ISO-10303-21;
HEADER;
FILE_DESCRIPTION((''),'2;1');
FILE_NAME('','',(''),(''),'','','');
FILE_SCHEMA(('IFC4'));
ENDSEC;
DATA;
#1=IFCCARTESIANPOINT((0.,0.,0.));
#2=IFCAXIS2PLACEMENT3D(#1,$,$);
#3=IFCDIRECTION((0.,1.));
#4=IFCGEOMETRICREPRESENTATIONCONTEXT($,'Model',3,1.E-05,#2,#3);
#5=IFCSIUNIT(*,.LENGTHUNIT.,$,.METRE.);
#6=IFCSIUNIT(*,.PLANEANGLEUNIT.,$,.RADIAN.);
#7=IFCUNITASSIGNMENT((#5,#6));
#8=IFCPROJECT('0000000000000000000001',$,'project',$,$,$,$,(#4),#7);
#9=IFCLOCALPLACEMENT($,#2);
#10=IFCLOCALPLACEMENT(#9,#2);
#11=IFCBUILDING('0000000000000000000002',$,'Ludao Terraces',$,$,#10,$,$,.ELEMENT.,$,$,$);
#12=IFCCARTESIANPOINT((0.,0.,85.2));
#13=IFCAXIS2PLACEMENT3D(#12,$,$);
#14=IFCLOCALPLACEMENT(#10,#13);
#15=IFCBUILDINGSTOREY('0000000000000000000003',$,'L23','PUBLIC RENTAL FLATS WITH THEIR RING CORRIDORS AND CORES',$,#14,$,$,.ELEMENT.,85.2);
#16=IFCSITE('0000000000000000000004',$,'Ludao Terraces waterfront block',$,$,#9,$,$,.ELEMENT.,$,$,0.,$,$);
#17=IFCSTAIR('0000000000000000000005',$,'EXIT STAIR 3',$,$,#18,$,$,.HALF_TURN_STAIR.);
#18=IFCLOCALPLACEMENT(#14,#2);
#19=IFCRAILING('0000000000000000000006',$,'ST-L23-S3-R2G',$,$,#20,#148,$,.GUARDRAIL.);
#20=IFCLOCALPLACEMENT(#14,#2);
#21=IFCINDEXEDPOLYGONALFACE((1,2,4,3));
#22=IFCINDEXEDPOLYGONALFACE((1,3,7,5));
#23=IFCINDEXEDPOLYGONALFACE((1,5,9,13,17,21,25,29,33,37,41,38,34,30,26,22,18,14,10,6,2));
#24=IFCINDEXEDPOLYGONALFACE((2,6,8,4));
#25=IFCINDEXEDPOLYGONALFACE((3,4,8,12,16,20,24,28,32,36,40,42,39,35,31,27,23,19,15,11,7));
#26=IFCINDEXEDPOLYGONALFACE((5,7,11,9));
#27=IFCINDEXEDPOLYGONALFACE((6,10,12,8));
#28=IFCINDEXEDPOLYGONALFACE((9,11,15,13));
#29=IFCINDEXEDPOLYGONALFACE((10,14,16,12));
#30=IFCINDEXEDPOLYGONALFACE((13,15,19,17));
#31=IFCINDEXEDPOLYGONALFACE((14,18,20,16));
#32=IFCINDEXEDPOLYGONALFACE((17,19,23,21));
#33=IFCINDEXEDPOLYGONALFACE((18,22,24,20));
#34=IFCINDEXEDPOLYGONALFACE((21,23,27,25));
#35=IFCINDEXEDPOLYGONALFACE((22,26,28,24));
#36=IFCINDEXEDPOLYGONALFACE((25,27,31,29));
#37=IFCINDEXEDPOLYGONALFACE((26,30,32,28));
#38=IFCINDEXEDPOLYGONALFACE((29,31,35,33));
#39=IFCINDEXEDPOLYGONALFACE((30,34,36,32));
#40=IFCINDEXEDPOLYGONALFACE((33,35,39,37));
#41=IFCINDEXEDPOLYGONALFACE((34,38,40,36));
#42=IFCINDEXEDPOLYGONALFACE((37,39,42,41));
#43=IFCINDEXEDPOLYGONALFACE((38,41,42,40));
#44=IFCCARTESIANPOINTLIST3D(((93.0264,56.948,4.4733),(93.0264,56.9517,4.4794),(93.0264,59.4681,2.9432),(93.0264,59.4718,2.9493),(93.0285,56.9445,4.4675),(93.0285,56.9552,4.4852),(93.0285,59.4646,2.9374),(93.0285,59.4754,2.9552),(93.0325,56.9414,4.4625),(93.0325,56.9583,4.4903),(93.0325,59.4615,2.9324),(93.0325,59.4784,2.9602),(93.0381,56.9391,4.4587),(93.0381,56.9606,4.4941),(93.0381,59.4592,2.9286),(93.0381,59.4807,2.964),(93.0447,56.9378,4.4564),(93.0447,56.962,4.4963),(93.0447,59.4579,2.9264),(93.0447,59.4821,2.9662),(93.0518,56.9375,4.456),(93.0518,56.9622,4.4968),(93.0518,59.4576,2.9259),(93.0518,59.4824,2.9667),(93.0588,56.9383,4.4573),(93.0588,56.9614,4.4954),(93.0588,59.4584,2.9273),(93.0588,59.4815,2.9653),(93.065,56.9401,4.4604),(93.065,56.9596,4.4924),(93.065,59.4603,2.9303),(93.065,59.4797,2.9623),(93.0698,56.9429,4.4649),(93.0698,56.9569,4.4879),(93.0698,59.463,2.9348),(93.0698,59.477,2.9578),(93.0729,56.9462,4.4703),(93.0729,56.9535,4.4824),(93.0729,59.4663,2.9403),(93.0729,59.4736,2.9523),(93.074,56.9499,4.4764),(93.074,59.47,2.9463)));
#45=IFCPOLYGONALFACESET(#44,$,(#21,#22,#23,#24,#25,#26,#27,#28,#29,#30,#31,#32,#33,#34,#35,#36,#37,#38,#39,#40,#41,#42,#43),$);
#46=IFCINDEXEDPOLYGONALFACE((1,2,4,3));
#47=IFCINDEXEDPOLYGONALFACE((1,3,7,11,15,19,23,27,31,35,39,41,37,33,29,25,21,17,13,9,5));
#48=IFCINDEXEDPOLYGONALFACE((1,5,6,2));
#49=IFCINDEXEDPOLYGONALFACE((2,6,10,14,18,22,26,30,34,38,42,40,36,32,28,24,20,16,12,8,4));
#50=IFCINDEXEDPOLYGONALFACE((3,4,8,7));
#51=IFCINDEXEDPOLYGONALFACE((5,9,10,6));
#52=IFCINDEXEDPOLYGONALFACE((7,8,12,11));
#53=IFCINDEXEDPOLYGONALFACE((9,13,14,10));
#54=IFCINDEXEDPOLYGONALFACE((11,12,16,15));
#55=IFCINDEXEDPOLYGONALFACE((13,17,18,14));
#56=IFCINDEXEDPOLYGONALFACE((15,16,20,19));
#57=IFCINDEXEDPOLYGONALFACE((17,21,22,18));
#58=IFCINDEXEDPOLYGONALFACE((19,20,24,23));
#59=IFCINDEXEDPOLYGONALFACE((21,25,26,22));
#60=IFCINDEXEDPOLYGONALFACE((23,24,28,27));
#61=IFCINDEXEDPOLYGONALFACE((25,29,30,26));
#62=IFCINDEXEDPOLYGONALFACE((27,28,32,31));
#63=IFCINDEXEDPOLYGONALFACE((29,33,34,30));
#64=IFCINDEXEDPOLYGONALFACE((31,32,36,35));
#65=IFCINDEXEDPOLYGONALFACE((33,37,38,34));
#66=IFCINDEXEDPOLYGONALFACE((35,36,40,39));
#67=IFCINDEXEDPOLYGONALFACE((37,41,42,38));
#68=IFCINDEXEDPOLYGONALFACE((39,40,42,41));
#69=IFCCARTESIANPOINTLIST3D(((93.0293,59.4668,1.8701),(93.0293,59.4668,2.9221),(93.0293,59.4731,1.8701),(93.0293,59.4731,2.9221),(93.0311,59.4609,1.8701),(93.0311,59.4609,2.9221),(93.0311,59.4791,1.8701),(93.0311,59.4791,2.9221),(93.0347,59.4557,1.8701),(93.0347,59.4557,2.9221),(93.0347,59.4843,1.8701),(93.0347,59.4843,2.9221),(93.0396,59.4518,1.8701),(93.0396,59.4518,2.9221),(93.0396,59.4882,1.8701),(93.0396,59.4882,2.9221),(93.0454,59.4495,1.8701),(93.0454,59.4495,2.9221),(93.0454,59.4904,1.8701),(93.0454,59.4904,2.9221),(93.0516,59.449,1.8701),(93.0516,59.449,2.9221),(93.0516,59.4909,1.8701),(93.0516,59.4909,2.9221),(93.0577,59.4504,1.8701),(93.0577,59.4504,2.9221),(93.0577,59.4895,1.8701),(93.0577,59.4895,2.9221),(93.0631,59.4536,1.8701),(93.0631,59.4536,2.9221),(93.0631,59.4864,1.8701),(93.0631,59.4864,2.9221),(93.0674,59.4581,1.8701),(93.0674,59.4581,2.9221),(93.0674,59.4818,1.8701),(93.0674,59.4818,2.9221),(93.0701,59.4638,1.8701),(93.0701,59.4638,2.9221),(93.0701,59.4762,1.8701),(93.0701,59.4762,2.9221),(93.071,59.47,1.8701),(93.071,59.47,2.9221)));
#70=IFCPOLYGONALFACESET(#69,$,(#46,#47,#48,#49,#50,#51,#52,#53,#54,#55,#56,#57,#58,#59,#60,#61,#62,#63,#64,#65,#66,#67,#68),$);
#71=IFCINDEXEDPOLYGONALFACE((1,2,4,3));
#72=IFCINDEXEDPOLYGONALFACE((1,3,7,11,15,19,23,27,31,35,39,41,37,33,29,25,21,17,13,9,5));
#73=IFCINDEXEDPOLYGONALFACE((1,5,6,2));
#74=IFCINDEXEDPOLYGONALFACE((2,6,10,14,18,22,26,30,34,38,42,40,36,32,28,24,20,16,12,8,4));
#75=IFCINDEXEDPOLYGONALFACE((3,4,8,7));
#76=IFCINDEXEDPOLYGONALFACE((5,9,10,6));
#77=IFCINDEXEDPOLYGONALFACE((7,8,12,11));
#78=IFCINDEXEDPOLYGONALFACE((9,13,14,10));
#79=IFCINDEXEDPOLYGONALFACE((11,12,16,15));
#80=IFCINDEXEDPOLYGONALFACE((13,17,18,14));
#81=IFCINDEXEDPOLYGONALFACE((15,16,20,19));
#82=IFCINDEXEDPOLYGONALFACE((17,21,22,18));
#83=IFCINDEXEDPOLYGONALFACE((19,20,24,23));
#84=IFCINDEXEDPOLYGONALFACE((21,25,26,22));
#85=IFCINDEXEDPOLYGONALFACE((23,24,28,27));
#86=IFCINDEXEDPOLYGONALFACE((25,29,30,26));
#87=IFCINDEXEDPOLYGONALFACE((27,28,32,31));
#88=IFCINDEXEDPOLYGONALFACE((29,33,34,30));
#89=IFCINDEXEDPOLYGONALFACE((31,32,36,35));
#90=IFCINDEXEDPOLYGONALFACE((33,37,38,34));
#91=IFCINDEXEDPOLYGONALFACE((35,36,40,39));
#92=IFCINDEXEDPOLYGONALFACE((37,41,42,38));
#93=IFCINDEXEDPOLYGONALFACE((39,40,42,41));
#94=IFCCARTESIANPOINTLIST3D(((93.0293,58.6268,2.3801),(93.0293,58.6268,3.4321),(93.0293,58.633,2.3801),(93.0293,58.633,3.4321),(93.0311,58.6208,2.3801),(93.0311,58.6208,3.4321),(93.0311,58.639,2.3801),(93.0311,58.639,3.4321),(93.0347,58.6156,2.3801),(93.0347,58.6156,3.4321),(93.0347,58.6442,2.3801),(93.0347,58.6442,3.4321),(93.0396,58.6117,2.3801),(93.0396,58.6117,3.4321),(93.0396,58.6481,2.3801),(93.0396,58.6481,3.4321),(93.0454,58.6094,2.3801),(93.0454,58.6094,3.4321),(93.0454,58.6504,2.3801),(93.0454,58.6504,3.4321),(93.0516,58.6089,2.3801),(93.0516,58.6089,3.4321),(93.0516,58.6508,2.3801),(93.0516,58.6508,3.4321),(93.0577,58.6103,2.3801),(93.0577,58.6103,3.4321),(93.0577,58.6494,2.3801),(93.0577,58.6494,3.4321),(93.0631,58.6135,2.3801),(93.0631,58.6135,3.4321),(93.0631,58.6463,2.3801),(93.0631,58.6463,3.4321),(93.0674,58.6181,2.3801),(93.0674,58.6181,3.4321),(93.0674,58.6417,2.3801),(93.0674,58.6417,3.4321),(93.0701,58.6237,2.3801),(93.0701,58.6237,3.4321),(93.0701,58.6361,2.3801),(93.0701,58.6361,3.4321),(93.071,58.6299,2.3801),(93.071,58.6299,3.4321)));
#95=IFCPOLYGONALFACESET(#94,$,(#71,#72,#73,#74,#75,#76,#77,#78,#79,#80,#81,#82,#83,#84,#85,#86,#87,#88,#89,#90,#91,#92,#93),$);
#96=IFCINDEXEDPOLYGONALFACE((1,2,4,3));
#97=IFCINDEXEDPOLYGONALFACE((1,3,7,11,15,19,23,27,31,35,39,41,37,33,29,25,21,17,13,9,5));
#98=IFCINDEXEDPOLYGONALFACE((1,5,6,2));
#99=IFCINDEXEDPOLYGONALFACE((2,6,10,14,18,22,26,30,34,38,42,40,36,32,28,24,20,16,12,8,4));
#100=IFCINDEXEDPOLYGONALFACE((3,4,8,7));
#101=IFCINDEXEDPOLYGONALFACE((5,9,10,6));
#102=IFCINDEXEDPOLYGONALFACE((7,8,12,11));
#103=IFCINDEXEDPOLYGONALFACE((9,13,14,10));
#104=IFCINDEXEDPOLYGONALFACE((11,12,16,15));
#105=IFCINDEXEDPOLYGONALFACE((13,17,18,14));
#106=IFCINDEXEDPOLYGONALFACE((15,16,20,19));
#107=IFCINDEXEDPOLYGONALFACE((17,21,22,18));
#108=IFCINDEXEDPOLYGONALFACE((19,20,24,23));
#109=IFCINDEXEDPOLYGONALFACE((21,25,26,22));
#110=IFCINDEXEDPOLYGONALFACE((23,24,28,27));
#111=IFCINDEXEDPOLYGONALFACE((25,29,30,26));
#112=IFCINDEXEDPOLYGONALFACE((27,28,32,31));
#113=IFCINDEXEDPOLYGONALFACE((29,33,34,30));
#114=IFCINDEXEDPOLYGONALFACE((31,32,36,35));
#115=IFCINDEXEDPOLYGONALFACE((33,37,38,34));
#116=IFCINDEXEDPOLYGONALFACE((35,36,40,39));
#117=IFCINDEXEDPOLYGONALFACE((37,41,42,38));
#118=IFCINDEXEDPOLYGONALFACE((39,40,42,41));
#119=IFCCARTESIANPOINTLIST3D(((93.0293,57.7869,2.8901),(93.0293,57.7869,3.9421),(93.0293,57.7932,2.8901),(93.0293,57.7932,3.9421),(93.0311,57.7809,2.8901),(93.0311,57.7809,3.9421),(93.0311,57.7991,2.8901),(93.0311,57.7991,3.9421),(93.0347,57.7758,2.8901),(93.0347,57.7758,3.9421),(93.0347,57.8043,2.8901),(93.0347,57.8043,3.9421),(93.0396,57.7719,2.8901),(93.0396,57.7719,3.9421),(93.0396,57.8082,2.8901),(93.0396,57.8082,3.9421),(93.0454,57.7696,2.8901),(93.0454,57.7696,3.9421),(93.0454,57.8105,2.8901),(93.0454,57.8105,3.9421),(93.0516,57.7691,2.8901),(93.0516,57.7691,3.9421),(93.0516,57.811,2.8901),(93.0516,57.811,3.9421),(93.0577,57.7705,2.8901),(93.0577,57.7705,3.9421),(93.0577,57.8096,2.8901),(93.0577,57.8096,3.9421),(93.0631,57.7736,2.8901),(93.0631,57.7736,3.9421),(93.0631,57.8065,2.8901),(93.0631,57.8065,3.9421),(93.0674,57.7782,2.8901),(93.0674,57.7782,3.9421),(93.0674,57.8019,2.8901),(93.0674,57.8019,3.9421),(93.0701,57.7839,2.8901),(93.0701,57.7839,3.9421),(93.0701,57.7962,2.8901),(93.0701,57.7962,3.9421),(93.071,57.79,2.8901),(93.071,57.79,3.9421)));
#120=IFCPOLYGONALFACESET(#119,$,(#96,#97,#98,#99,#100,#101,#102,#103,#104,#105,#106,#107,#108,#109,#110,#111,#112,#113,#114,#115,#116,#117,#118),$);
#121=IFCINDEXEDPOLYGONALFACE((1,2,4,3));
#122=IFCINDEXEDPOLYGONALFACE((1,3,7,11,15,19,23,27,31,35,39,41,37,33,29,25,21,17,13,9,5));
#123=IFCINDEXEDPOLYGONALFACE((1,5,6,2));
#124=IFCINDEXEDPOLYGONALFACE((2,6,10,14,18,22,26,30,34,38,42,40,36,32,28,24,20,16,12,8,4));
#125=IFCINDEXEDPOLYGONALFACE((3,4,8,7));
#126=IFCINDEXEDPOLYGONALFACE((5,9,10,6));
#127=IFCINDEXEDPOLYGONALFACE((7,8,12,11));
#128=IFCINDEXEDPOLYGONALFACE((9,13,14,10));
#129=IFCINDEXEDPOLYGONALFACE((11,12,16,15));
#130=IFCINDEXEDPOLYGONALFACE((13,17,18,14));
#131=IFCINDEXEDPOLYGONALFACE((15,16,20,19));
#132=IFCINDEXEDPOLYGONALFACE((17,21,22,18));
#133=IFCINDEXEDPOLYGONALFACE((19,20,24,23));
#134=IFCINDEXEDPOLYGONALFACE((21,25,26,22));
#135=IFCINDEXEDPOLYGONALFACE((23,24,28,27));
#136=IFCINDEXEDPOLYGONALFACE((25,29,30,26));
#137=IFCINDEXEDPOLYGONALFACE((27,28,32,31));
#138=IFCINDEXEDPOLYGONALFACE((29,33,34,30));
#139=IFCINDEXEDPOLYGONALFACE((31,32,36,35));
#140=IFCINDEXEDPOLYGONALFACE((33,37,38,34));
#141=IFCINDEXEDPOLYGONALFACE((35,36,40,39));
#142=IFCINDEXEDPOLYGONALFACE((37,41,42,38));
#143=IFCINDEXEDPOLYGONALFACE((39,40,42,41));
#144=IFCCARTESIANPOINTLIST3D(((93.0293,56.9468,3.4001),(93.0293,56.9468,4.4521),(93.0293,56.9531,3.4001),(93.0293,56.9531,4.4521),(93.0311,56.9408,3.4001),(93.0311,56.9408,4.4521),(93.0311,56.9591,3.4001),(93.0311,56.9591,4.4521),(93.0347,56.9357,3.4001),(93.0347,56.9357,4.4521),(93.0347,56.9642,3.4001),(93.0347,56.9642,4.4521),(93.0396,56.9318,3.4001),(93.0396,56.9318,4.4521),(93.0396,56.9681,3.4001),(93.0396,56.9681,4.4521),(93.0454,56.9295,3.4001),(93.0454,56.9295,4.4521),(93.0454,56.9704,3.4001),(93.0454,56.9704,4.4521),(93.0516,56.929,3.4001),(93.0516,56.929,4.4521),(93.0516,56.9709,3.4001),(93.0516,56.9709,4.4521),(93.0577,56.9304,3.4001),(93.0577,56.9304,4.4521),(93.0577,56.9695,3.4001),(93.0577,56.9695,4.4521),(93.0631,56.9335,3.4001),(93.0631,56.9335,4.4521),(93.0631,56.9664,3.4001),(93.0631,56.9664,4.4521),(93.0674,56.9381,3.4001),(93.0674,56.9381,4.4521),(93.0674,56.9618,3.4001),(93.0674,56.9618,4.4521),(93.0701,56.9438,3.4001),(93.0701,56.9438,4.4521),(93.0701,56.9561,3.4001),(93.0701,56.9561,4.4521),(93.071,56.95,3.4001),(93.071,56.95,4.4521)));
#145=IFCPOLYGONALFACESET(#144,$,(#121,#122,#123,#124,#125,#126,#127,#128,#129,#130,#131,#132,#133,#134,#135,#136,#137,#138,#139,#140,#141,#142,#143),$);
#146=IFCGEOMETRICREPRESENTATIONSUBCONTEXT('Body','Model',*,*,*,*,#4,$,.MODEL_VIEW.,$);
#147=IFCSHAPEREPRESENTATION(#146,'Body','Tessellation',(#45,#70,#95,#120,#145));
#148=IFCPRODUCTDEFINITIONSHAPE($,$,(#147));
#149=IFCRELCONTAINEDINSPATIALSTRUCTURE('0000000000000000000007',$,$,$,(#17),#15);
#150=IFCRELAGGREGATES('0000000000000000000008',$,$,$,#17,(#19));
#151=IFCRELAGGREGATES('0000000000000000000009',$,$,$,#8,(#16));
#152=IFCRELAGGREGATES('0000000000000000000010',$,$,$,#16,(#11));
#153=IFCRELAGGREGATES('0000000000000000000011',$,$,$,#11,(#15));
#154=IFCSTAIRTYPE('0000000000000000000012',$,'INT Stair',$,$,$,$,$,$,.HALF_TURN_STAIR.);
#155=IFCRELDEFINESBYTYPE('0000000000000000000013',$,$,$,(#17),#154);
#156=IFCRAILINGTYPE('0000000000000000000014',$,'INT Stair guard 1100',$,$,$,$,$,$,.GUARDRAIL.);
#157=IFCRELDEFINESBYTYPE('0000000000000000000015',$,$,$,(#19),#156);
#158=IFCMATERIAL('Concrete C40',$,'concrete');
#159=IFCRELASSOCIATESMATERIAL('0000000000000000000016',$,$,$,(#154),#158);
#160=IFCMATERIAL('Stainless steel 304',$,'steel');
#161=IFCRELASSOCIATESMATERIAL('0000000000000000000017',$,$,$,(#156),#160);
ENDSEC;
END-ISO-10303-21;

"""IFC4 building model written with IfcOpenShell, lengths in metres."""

from ifc_helpers import new_model, si_unit, direction, frame, origin, origin_2d, place, context, subcontext, project, spatial, circle, extrude, material, type_object, element, aggregate, save


model = new_model("IFC4")

# Units and contexts
model_context = context("Model", 3, precision=1e-05, world=origin(), true_north=direction((0.0, 1.0)))
body_context = subcontext(model_context, "Body", "Model", "MODEL_VIEW")
ifc_project = project(units=[si_unit("LENGTHUNIT", "METRE"), si_unit("PLANEANGLEUNIT", "RADIAN")], contexts=[model_context])

# Site, building, storey
site_placement = place(None, origin())
site = spatial("IfcSite", under=ifc_project, at=site_placement, Name="Ludao Terraces waterfront block", CompositionType="ELEMENT", RefElevation=0.0)
building_placement = place(site_placement, origin())
building = spatial("IfcBuilding", under=site, at=building_placement, Name="Ludao Terraces", CompositionType="ELEMENT")
storey_placement = place(building_placement, frame((0.0, 0.0, 85.2)))
storey = spatial("IfcBuildingStorey", under=building, at=storey_placement, Name="L23", Description="PUBLIC RENTAL FLATS WITH THEIR RING CORRIDORS AND CORES", CompositionType="ELEMENT", Elevation=85.2)

# Shared definitions
ifc_material_1 = material(Name="Concrete C40", Category="concrete")

# Stair, railing
stair_type = type_object("IfcStairType", Name="INT Stair", PredefinedType="HALF_TURN_STAIR", material=ifc_material_1)
stair_placement = place(storey_placement, origin())
stair = element("IfcStair", 1, at=stair_placement, inside=storey, type_object=stair_type, Name="EXIT STAIR 3", PredefinedType="HALF_TURN_STAIR")
ifc_material_2 = material(Name="Stainless steel 304", Category="steel")
railing_type_1 = type_object("IfcRailingType", Name="INT Stair guard 1100", PredefinedType="GUARDRAIL", material=ifc_material_2)
railing_1_placement = place(storey_placement, frame((93.05, 59.47, 1.8701)))
railing_1 = element("IfcRailing", 2, at=railing_1_placement, type_object=railing_type_1, Name="ST-L23-S3-R2G", PredefinedType="GUARDRAIL", context=body_context, shape_type="SweptSolid", body=[
    extrude(circle(Radius=0.0239, at=origin_2d()), frame((0.0, 0.0, 1.0762), z_axis=(0.0, -0.854785, 0.518982), x_axis=(1.0, 0.0, 0.0)), (0.0, 0.0, 1.0), 2.9482),
    extrude(circle(Radius=0.021, at=origin_2d()), origin(), (0.0, 0.0, 1.0), 1.052),
    extrude(circle(Radius=0.021, at=origin_2d()), frame((0.0, -0.8401, 0.51)), (0.0, 0.0, 1.0), 1.052),
    extrude(circle(Radius=0.021, at=origin_2d()), frame((0.0, -1.6799, 1.02)), (0.0, 0.0, 1.0), 1.052),
    extrude(circle(Radius=0.021, at=origin_2d()), frame((0.0, -2.52, 1.53)), (0.0, 0.0, 1.0), 1.052),
])
aggregate(stair, [railing_1])

save(model, "model.ifc")
